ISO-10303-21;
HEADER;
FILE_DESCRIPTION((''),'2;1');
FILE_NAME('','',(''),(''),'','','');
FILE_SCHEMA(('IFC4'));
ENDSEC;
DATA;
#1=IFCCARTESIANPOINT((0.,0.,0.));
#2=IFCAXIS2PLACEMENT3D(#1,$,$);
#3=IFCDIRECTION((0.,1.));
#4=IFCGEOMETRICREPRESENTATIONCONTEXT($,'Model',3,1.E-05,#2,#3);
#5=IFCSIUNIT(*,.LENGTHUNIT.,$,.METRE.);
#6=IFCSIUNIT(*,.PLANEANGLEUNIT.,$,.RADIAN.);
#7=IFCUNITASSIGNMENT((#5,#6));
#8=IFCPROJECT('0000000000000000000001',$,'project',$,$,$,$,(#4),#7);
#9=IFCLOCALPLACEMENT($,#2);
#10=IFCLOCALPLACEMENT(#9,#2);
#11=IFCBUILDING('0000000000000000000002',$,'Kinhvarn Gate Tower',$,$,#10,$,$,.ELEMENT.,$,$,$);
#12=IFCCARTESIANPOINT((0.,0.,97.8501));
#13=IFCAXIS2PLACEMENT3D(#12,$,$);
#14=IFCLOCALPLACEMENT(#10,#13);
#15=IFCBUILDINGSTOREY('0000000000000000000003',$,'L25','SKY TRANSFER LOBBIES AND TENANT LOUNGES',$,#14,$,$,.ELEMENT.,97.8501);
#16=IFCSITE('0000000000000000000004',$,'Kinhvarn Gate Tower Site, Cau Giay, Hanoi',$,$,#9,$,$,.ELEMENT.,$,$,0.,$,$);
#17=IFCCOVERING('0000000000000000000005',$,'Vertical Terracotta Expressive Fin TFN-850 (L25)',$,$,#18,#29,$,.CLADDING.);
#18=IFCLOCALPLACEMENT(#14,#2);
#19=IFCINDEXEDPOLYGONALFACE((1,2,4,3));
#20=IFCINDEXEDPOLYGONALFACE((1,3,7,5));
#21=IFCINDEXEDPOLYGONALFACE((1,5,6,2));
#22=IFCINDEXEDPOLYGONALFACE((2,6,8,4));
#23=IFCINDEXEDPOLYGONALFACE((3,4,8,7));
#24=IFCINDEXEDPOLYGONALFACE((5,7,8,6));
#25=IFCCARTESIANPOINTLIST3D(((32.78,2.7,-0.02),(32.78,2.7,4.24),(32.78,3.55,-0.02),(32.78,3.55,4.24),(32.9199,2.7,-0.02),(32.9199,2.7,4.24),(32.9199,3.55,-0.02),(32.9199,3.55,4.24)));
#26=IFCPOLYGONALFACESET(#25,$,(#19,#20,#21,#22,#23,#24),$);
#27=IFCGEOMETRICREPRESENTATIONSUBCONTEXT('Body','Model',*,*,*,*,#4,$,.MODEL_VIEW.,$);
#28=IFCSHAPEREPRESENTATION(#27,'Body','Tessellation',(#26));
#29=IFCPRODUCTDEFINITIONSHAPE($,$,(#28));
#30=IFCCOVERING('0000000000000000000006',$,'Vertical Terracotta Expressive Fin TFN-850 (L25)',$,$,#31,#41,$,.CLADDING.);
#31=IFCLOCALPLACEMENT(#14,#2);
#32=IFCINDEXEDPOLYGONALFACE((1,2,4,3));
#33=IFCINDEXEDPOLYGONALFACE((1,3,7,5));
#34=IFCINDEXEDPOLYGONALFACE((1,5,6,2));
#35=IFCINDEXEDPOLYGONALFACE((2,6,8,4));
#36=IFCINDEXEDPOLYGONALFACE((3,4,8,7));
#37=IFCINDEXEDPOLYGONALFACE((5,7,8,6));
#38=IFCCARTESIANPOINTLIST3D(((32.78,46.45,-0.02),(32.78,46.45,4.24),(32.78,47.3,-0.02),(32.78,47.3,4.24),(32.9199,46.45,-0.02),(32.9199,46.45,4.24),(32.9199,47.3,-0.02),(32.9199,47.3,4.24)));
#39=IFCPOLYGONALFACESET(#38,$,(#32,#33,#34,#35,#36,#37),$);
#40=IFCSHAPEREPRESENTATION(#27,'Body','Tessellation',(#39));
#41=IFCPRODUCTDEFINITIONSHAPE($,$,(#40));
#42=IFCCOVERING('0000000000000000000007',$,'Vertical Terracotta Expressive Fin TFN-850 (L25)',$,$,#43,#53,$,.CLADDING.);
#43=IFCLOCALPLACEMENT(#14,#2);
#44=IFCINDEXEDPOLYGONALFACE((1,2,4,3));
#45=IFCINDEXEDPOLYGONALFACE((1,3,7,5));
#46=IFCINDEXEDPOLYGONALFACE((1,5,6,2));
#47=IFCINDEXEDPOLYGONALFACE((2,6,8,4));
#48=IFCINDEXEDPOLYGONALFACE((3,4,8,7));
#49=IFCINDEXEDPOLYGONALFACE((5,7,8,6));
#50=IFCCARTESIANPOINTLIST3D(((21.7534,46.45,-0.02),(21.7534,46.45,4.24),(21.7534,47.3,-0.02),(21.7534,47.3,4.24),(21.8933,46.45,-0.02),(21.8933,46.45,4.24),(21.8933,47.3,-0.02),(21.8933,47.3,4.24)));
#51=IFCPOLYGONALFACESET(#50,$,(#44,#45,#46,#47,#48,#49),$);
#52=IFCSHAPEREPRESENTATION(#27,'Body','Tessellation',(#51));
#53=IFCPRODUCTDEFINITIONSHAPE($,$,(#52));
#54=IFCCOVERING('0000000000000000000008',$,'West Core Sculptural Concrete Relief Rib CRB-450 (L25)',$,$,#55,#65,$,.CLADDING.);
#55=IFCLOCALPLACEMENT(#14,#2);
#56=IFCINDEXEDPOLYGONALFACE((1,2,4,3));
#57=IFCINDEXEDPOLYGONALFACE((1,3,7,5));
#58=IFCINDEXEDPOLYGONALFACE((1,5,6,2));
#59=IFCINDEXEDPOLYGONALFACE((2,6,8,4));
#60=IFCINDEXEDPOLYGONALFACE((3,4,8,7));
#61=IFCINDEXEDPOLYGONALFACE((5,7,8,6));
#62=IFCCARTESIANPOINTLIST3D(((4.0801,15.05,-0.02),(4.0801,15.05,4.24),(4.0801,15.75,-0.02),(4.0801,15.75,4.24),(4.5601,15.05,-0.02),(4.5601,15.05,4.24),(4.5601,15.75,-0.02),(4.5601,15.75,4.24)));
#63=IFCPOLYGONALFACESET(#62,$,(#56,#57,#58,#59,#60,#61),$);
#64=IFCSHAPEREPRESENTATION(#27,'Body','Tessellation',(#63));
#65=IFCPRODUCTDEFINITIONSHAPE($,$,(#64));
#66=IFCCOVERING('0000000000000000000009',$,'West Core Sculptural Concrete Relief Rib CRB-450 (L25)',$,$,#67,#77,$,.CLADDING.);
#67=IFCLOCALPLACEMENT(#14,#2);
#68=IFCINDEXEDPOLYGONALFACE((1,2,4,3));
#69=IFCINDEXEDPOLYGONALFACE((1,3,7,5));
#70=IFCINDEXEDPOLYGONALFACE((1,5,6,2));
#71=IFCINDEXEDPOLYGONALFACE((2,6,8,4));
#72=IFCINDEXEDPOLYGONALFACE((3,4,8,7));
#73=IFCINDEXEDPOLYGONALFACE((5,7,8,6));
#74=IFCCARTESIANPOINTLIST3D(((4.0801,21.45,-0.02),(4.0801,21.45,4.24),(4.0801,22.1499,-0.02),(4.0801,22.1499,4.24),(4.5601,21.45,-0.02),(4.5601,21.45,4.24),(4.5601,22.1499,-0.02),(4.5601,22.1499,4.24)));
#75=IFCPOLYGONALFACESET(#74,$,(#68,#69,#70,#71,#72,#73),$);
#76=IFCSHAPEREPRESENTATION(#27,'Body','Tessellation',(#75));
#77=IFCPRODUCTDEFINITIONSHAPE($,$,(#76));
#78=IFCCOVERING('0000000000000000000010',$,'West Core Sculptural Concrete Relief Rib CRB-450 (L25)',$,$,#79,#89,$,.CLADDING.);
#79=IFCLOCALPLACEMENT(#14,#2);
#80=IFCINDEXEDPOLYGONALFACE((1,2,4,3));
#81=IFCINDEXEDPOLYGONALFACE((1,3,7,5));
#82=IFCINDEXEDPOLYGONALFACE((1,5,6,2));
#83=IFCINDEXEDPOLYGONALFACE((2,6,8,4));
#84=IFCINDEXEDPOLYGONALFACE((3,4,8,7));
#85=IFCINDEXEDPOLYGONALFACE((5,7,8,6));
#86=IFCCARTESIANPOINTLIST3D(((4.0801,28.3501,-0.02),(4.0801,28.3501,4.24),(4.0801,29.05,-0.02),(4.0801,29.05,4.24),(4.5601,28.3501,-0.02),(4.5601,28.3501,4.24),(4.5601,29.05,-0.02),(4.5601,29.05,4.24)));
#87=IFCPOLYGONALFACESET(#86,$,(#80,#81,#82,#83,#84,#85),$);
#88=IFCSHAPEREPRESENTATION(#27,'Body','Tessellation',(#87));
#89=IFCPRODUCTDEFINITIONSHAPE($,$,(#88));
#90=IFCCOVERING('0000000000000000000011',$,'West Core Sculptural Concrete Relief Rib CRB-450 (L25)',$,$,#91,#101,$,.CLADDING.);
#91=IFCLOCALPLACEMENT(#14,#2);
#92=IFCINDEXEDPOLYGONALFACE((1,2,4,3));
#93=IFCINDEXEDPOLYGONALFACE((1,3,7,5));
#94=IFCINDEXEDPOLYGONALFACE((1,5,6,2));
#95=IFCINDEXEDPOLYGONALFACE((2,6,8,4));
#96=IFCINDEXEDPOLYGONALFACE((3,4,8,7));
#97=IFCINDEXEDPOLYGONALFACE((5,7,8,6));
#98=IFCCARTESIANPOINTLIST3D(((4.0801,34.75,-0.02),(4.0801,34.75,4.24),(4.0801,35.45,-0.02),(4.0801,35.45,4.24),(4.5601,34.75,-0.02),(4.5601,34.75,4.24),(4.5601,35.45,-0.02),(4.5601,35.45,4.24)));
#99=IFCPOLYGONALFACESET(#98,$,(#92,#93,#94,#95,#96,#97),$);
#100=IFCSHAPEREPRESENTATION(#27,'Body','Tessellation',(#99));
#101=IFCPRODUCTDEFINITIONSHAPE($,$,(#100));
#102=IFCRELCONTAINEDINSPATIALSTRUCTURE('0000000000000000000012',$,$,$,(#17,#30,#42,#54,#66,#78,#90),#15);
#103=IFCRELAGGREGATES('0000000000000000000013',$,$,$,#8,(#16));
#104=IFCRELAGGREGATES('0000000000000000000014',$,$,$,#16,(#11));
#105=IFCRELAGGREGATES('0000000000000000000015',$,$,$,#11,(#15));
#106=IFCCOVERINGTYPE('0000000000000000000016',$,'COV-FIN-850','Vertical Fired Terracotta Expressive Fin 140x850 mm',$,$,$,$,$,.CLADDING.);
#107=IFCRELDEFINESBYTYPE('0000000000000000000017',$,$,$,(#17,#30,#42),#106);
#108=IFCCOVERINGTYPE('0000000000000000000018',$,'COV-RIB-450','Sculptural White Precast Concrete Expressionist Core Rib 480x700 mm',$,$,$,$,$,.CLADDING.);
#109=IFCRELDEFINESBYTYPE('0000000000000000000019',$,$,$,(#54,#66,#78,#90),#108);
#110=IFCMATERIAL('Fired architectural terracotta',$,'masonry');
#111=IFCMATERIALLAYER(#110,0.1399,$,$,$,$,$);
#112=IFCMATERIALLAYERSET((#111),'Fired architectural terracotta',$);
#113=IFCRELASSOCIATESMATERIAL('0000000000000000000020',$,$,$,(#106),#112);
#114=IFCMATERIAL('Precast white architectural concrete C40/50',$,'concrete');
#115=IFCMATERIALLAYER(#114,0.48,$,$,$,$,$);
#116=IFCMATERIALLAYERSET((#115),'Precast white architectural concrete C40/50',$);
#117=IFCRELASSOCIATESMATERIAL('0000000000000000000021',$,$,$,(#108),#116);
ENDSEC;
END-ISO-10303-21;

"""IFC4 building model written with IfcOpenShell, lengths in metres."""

from ifc_helpers import new_model, si_unit, direction, frame, origin, place, context, subcontext, project, spatial, polyline, outline, extrude, material, layer, layer_set, type_object, element, save


model = new_model("IFC4")

# Units and contexts
model_context = context("Model", 3, precision=1e-05, world=origin(), true_north=direction((0.0, 1.0)))
body_context = subcontext(model_context, "Body", "Model", "MODEL_VIEW")
ifc_project = project(units=[si_unit("LENGTHUNIT", "METRE"), si_unit("PLANEANGLEUNIT", "RADIAN")], contexts=[model_context])

# Site, building, storey
site_placement = place(None, origin())
site = spatial("IfcSite", under=ifc_project, at=site_placement, Name="Kinhvarn Gate Tower Site, Cau Giay, Hanoi", CompositionType="ELEMENT", RefElevation=0.0)
building_placement = place(site_placement, origin())
building = spatial("IfcBuilding", under=site, at=building_placement, Name="Kinhvarn Gate Tower", CompositionType="ELEMENT")
storey_placement = place(building_placement, frame((0.0, 0.0, 97.8501)))
storey = spatial("IfcBuildingStorey", under=building, at=storey_placement, Name="L25", Description="SKY TRANSFER LOBBIES AND TENANT LOUNGES", CompositionType="ELEMENT", Elevation=97.8501)

# Shared definitions
ifc_material_1 = material(Name="Precast white architectural concrete C40/50", Category="concrete")

# Coverings
ifc_material_2 = material(Name="Fired architectural terracotta", Category="masonry")
ifc_layer_1 = layer(ifc_material_2, 0.1399)
ifc_layer_set_1 = layer_set([ifc_layer_1], Name="Fired architectural terracotta")
covering_type_1 = type_object("IfcCoveringType", Name="COV-FIN-850", Description="Vertical Fired Terracotta Expressive Fin 140x850 mm", PredefinedType="CLADDING", material=ifc_layer_set_1)
covering_1_placement = place(storey_placement, frame((0.0, 0.0, -0.02)))
element("IfcCovering", 1, at=covering_1_placement, inside=storey, type_object=covering_type_1, Name="Vertical Terracotta Expressive Fin TFN-850 (L25)", PredefinedType="CLADDING", context=body_context, shape_type="SweptSolid", body=[
    extrude(outline(polyline([(32.78, 3.55), (32.9199, 3.55), (32.9199, 2.7), (32.78, 2.7), (32.78, 3.55)])), origin(), (0.0, 0.0, 1.0), 4.26),
])
covering_2_placement = place(storey_placement, frame((0.0, 0.0, -0.02)))
element("IfcCovering", 2, at=covering_2_placement, inside=storey, type_object=covering_type_1, Name="Vertical Terracotta Expressive Fin TFN-850 (L25)", PredefinedType="CLADDING", context=body_context, shape_type="SweptSolid", body=[
    extrude(outline(polyline([(32.9199, 46.45), (32.78, 46.45), (32.78, 47.3), (32.9199, 47.3), (32.9199, 46.45)])), origin(), (0.0, 0.0, 1.0), 4.26),
])
covering_3_placement = place(storey_placement, frame((0.0, 0.0, -0.02)))
element("IfcCovering", 3, at=covering_3_placement, inside=storey, type_object=covering_type_1, Name="Vertical Terracotta Expressive Fin TFN-850 (L25)", PredefinedType="CLADDING", context=body_context, shape_type="SweptSolid", body=[
    extrude(outline(polyline([(21.8933, 46.45), (21.7534, 46.45), (21.7534, 47.3), (21.8933, 47.3), (21.8933, 46.45)])), origin(), (0.0, 0.0, 1.0), 4.26),
])
ifc_layer_2 = layer(ifc_material_1, 0.48)
ifc_layer_set_2 = layer_set([ifc_layer_2], Name="Precast white architectural concrete C40/50")
covering_type_2 = type_object("IfcCoveringType", Name="COV-RIB-450", Description="Sculptural White Precast Concrete Expressionist Core Rib 480x700 mm", PredefinedType="CLADDING", material=ifc_layer_set_2)
covering_4_placement = place(storey_placement, frame((0.0, 0.0, -0.02)))
element("IfcCovering", 4, at=covering_4_placement, inside=storey, type_object=covering_type_2, Name="West Core Sculptural Concrete Relief Rib CRB-450 (L25)", PredefinedType="CLADDING", context=body_context, shape_type="SweptSolid", body=[
    extrude(outline(polyline([(4.0801, 15.05), (4.5601, 15.05), (4.5601, 15.75), (4.0801, 15.75), (4.0801, 15.05)])), origin(), (0.0, 0.0, 1.0), 4.26),
])
covering_5_placement = place(storey_placement, frame((0.0, 0.0, -0.02)))
element("IfcCovering", 5, at=covering_5_placement, inside=storey, type_object=covering_type_2, Name="West Core Sculptural Concrete Relief Rib CRB-450 (L25)", PredefinedType="CLADDING", context=body_context, shape_type="SweptSolid", body=[
    extrude(outline(polyline([(4.0801, 21.45), (4.5601, 21.45), (4.5601, 22.1499), (4.0801, 22.1499), (4.0801, 21.45)])), origin(), (0.0, 0.0, 1.0), 4.26),
])
covering_6_placement = place(storey_placement, frame((0.0, 0.0, -0.02)))
element("IfcCovering", 6, at=covering_6_placement, inside=storey, type_object=covering_type_2, Name="West Core Sculptural Concrete Relief Rib CRB-450 (L25)", PredefinedType="CLADDING", context=body_context, shape_type="SweptSolid", body=[
    extrude(outline(polyline([(4.0801, 28.3501), (4.5601, 28.3501), (4.5601, 29.05), (4.0801, 29.05), (4.0801, 28.3501)])), origin(), (0.0, 0.0, 1.0), 4.26),
])
covering_7_placement = place(storey_placement, frame((0.0, 0.0, -0.02)))
element("IfcCovering", 7, at=covering_7_placement, inside=storey, type_object=covering_type_2, Name="West Core Sculptural Concrete Relief Rib CRB-450 (L25)", PredefinedType="CLADDING", context=body_context, shape_type="SweptSolid", body=[
    extrude(outline(polyline([(4.0801, 34.75), (4.5601, 34.75), (4.5601, 35.45), (4.0801, 35.45), (4.0801, 34.75)])), origin(), (0.0, 0.0, 1.0), 4.26),
])

save(model, "model.ifc")
